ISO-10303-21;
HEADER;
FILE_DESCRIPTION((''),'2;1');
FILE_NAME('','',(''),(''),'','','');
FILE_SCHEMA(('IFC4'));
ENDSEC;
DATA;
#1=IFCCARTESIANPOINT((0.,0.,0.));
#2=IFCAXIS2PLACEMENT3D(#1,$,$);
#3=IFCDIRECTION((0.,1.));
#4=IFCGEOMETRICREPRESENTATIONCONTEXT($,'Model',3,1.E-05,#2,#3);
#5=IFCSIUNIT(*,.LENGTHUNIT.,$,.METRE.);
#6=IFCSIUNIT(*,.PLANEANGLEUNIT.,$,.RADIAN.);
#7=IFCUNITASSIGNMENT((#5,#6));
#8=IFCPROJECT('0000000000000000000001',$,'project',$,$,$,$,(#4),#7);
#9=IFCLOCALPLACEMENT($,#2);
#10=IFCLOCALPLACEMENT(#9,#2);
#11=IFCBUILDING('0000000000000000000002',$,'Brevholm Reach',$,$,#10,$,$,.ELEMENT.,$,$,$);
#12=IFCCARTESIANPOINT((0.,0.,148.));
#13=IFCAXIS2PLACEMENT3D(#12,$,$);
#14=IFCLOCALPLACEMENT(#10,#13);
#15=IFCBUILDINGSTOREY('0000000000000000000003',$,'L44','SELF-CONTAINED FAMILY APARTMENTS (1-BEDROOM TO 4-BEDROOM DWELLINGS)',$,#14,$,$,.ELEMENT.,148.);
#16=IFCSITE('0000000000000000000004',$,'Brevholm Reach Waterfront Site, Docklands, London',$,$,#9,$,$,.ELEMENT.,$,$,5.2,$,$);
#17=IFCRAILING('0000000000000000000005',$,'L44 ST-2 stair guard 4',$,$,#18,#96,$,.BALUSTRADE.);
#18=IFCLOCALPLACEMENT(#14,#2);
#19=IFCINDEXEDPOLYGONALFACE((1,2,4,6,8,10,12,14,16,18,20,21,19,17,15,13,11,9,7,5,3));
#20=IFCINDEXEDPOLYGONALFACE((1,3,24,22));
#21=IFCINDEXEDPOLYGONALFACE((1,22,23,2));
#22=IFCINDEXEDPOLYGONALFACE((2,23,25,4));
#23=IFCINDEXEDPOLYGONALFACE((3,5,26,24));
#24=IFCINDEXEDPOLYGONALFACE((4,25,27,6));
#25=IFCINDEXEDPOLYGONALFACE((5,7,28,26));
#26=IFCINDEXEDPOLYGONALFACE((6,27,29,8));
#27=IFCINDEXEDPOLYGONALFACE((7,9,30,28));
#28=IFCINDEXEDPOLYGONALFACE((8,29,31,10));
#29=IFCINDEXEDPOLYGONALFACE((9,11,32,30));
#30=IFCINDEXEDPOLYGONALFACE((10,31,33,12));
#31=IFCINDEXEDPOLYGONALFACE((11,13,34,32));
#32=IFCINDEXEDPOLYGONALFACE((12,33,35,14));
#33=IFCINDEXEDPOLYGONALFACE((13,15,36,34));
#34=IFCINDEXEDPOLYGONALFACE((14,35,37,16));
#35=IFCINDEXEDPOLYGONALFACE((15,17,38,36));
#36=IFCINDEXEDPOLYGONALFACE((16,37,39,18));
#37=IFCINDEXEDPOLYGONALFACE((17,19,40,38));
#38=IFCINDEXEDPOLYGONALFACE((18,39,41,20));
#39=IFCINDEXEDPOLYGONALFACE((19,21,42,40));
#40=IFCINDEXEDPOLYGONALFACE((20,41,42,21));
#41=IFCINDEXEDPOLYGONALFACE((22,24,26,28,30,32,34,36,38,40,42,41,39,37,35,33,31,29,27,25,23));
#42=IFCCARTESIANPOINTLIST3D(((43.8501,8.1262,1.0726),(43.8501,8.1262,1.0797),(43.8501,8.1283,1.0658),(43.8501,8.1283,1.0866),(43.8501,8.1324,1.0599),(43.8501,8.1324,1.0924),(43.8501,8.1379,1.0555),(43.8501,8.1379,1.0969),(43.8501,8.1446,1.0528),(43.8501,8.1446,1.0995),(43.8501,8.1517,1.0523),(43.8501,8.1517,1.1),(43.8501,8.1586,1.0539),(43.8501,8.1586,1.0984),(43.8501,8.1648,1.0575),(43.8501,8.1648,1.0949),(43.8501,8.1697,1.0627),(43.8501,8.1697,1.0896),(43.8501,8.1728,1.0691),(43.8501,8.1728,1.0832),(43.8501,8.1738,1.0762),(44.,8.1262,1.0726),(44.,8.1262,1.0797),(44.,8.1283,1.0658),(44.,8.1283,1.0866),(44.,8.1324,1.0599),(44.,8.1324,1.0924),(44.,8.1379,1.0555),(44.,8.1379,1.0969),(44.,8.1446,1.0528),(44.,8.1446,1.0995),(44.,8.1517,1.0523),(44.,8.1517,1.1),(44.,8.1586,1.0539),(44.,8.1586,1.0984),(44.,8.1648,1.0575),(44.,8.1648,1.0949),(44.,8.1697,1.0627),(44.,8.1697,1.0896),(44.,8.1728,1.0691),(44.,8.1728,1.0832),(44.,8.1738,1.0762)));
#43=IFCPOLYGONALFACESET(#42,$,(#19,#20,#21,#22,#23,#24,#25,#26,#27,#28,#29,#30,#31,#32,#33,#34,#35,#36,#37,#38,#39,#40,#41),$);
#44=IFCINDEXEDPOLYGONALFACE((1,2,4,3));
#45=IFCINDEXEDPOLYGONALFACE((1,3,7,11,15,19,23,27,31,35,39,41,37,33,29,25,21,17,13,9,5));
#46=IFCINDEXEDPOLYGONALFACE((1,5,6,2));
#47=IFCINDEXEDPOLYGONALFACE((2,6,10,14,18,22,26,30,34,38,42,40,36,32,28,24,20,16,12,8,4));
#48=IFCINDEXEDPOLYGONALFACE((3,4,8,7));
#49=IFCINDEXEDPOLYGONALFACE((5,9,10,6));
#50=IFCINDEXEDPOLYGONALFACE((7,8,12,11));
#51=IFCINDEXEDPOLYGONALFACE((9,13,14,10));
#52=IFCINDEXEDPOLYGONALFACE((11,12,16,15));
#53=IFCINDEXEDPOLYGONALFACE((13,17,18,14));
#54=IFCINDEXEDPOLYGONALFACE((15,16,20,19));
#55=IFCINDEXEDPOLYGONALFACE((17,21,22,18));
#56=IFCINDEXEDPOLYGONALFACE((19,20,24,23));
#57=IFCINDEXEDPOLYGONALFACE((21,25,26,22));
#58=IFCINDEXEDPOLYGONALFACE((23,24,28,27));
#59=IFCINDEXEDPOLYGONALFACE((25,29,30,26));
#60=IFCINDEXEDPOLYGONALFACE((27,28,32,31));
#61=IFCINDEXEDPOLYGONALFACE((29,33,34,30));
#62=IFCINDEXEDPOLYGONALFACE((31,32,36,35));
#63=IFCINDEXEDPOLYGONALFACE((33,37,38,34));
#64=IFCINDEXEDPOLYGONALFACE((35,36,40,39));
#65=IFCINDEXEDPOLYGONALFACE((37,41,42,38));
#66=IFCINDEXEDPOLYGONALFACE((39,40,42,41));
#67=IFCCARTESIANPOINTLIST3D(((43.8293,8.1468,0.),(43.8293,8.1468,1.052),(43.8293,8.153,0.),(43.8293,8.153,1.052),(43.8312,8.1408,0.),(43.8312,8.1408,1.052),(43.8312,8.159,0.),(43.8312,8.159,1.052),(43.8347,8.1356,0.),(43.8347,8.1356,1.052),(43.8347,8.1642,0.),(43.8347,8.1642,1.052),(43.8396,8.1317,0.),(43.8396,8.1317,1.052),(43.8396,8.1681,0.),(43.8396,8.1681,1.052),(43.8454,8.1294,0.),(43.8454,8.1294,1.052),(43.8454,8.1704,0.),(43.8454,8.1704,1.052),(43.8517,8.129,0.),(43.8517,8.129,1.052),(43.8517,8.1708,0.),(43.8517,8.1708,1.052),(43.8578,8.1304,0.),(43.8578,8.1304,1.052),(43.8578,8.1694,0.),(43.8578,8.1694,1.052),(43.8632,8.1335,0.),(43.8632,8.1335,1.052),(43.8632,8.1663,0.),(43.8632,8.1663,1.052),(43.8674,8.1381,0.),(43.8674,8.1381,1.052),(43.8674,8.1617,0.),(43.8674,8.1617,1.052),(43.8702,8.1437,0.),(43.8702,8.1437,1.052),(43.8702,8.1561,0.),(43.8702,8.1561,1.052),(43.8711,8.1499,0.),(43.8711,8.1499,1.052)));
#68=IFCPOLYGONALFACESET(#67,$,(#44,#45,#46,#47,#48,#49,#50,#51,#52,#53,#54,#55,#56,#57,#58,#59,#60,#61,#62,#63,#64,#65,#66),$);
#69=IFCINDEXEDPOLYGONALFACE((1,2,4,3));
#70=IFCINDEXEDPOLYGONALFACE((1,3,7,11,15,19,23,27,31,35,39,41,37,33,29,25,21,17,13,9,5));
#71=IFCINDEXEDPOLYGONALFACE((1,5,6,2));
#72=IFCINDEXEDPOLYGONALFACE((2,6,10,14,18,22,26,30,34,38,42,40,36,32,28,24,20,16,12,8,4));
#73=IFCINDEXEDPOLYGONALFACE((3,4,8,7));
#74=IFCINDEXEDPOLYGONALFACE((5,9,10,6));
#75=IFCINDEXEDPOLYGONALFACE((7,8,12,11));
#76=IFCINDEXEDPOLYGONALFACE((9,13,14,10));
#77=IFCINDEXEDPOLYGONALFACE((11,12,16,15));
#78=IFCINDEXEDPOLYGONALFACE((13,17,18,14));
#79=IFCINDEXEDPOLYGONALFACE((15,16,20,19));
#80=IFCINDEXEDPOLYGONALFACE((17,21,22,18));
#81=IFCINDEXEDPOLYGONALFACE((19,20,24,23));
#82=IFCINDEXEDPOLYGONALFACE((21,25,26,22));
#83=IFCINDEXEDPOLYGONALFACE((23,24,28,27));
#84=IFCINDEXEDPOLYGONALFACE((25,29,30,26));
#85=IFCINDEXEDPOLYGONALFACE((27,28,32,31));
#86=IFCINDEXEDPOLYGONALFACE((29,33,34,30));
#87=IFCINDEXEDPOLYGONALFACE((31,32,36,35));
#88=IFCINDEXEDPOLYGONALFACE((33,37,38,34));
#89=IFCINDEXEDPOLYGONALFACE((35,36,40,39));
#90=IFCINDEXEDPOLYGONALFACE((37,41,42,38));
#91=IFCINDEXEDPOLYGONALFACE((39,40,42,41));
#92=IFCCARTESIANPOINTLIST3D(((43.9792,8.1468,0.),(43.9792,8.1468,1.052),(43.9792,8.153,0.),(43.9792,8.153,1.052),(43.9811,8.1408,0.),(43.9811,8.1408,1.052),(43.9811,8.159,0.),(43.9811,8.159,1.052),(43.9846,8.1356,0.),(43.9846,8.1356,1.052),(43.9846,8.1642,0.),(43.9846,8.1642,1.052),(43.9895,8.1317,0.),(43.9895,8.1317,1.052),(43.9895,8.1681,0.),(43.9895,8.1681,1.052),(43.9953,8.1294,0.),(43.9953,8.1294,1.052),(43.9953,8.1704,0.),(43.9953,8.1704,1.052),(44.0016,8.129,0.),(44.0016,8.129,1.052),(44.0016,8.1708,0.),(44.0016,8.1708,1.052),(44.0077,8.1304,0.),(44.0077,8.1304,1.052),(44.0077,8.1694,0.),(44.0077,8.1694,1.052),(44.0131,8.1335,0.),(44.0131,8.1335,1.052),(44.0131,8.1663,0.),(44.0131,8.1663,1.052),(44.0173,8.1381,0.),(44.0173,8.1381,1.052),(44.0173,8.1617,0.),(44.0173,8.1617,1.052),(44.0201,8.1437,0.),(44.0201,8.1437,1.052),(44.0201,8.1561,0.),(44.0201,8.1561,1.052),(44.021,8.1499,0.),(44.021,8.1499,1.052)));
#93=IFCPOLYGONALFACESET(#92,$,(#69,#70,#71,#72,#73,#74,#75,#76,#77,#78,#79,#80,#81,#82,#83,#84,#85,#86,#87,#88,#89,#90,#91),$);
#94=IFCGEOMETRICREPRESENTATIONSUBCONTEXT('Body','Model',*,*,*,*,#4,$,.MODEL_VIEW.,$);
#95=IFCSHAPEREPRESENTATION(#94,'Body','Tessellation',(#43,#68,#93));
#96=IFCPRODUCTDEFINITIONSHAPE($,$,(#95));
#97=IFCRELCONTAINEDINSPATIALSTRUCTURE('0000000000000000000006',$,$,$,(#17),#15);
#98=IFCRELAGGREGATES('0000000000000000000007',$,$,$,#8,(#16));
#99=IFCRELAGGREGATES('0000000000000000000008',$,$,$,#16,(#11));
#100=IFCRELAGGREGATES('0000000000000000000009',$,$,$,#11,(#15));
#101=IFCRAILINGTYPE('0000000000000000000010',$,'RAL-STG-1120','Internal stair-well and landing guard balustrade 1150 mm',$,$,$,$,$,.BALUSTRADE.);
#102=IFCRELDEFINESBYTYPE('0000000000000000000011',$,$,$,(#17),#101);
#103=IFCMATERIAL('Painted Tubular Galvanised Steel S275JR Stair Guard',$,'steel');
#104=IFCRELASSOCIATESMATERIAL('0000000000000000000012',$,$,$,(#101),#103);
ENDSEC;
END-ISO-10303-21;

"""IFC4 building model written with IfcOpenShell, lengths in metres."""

from ifc_helpers import new_model, si_unit, direction, frame, origin, origin_2d, place, context, subcontext, project, spatial, circle, extrude, material, type_object, element, save


model = new_model("IFC4")

# Units and contexts
model_context = context("Model", 3, precision=1e-05, world=origin(), true_north=direction((0.0, 1.0)))
body_context = subcontext(model_context, "Body", "Model", "MODEL_VIEW")
ifc_project = project(units=[si_unit("LENGTHUNIT", "METRE"), si_unit("PLANEANGLEUNIT", "RADIAN")], contexts=[model_context])

# Site, building, storey
site_placement = place(None, origin())
site = spatial("IfcSite", under=ifc_project, at=site_placement, Name="Brevholm Reach Waterfront Site, Docklands, London", CompositionType="ELEMENT", RefElevation=5.2)
building_placement = place(site_placement, origin())
building = spatial("IfcBuilding", under=site, at=building_placement, Name="Brevholm Reach", CompositionType="ELEMENT")
storey_placement = place(building_placement, frame((0.0, 0.0, 148.0)))
storey = spatial("IfcBuildingStorey", under=building, at=storey_placement, Name="L44", Description="SELF-CONTAINED FAMILY APARTMENTS (1-BEDROOM TO 4-BEDROOM DWELLINGS)", CompositionType="ELEMENT", Elevation=148.0)

# Railing
ifc_material_1 = material(Name="Painted Tubular Galvanised Steel S275JR Stair Guard", Category="steel")
railing_type_1 = type_object("IfcRailingType", Name="RAL-STG-1120", Description="Internal stair-well and landing guard balustrade 1150 mm", PredefinedType="BALUSTRADE", material=ifc_material_1)
railing_1_placement = place(storey_placement, frame((43.8501, 8.1499, 0.0)))
element("IfcRailing", 1, at=railing_1_placement, inside=storey, type_object=railing_type_1, Name="L44 ST-2 stair guard 4", PredefinedType="BALUSTRADE", context=body_context, shape_type="SweptSolid", body=[
    extrude(circle(Radius=0.0239, at=origin_2d()), frame((0.0, 0.0, 1.0762), z_axis=(1.0, 0.0, 0.0), x_axis=(0.0, 1.0, 0.0)), (0.0, 0.0, 1.0), 0.1499),
    extrude(circle(Radius=0.021, at=origin_2d()), origin(), (0.0, 0.0, 1.0), 1.052),
    extrude(circle(Radius=0.021, at=origin_2d()), frame((0.1499, 0.0, 0.0)), (0.0, 0.0, 1.0), 1.052),
])

save(model, "model.ifc")
